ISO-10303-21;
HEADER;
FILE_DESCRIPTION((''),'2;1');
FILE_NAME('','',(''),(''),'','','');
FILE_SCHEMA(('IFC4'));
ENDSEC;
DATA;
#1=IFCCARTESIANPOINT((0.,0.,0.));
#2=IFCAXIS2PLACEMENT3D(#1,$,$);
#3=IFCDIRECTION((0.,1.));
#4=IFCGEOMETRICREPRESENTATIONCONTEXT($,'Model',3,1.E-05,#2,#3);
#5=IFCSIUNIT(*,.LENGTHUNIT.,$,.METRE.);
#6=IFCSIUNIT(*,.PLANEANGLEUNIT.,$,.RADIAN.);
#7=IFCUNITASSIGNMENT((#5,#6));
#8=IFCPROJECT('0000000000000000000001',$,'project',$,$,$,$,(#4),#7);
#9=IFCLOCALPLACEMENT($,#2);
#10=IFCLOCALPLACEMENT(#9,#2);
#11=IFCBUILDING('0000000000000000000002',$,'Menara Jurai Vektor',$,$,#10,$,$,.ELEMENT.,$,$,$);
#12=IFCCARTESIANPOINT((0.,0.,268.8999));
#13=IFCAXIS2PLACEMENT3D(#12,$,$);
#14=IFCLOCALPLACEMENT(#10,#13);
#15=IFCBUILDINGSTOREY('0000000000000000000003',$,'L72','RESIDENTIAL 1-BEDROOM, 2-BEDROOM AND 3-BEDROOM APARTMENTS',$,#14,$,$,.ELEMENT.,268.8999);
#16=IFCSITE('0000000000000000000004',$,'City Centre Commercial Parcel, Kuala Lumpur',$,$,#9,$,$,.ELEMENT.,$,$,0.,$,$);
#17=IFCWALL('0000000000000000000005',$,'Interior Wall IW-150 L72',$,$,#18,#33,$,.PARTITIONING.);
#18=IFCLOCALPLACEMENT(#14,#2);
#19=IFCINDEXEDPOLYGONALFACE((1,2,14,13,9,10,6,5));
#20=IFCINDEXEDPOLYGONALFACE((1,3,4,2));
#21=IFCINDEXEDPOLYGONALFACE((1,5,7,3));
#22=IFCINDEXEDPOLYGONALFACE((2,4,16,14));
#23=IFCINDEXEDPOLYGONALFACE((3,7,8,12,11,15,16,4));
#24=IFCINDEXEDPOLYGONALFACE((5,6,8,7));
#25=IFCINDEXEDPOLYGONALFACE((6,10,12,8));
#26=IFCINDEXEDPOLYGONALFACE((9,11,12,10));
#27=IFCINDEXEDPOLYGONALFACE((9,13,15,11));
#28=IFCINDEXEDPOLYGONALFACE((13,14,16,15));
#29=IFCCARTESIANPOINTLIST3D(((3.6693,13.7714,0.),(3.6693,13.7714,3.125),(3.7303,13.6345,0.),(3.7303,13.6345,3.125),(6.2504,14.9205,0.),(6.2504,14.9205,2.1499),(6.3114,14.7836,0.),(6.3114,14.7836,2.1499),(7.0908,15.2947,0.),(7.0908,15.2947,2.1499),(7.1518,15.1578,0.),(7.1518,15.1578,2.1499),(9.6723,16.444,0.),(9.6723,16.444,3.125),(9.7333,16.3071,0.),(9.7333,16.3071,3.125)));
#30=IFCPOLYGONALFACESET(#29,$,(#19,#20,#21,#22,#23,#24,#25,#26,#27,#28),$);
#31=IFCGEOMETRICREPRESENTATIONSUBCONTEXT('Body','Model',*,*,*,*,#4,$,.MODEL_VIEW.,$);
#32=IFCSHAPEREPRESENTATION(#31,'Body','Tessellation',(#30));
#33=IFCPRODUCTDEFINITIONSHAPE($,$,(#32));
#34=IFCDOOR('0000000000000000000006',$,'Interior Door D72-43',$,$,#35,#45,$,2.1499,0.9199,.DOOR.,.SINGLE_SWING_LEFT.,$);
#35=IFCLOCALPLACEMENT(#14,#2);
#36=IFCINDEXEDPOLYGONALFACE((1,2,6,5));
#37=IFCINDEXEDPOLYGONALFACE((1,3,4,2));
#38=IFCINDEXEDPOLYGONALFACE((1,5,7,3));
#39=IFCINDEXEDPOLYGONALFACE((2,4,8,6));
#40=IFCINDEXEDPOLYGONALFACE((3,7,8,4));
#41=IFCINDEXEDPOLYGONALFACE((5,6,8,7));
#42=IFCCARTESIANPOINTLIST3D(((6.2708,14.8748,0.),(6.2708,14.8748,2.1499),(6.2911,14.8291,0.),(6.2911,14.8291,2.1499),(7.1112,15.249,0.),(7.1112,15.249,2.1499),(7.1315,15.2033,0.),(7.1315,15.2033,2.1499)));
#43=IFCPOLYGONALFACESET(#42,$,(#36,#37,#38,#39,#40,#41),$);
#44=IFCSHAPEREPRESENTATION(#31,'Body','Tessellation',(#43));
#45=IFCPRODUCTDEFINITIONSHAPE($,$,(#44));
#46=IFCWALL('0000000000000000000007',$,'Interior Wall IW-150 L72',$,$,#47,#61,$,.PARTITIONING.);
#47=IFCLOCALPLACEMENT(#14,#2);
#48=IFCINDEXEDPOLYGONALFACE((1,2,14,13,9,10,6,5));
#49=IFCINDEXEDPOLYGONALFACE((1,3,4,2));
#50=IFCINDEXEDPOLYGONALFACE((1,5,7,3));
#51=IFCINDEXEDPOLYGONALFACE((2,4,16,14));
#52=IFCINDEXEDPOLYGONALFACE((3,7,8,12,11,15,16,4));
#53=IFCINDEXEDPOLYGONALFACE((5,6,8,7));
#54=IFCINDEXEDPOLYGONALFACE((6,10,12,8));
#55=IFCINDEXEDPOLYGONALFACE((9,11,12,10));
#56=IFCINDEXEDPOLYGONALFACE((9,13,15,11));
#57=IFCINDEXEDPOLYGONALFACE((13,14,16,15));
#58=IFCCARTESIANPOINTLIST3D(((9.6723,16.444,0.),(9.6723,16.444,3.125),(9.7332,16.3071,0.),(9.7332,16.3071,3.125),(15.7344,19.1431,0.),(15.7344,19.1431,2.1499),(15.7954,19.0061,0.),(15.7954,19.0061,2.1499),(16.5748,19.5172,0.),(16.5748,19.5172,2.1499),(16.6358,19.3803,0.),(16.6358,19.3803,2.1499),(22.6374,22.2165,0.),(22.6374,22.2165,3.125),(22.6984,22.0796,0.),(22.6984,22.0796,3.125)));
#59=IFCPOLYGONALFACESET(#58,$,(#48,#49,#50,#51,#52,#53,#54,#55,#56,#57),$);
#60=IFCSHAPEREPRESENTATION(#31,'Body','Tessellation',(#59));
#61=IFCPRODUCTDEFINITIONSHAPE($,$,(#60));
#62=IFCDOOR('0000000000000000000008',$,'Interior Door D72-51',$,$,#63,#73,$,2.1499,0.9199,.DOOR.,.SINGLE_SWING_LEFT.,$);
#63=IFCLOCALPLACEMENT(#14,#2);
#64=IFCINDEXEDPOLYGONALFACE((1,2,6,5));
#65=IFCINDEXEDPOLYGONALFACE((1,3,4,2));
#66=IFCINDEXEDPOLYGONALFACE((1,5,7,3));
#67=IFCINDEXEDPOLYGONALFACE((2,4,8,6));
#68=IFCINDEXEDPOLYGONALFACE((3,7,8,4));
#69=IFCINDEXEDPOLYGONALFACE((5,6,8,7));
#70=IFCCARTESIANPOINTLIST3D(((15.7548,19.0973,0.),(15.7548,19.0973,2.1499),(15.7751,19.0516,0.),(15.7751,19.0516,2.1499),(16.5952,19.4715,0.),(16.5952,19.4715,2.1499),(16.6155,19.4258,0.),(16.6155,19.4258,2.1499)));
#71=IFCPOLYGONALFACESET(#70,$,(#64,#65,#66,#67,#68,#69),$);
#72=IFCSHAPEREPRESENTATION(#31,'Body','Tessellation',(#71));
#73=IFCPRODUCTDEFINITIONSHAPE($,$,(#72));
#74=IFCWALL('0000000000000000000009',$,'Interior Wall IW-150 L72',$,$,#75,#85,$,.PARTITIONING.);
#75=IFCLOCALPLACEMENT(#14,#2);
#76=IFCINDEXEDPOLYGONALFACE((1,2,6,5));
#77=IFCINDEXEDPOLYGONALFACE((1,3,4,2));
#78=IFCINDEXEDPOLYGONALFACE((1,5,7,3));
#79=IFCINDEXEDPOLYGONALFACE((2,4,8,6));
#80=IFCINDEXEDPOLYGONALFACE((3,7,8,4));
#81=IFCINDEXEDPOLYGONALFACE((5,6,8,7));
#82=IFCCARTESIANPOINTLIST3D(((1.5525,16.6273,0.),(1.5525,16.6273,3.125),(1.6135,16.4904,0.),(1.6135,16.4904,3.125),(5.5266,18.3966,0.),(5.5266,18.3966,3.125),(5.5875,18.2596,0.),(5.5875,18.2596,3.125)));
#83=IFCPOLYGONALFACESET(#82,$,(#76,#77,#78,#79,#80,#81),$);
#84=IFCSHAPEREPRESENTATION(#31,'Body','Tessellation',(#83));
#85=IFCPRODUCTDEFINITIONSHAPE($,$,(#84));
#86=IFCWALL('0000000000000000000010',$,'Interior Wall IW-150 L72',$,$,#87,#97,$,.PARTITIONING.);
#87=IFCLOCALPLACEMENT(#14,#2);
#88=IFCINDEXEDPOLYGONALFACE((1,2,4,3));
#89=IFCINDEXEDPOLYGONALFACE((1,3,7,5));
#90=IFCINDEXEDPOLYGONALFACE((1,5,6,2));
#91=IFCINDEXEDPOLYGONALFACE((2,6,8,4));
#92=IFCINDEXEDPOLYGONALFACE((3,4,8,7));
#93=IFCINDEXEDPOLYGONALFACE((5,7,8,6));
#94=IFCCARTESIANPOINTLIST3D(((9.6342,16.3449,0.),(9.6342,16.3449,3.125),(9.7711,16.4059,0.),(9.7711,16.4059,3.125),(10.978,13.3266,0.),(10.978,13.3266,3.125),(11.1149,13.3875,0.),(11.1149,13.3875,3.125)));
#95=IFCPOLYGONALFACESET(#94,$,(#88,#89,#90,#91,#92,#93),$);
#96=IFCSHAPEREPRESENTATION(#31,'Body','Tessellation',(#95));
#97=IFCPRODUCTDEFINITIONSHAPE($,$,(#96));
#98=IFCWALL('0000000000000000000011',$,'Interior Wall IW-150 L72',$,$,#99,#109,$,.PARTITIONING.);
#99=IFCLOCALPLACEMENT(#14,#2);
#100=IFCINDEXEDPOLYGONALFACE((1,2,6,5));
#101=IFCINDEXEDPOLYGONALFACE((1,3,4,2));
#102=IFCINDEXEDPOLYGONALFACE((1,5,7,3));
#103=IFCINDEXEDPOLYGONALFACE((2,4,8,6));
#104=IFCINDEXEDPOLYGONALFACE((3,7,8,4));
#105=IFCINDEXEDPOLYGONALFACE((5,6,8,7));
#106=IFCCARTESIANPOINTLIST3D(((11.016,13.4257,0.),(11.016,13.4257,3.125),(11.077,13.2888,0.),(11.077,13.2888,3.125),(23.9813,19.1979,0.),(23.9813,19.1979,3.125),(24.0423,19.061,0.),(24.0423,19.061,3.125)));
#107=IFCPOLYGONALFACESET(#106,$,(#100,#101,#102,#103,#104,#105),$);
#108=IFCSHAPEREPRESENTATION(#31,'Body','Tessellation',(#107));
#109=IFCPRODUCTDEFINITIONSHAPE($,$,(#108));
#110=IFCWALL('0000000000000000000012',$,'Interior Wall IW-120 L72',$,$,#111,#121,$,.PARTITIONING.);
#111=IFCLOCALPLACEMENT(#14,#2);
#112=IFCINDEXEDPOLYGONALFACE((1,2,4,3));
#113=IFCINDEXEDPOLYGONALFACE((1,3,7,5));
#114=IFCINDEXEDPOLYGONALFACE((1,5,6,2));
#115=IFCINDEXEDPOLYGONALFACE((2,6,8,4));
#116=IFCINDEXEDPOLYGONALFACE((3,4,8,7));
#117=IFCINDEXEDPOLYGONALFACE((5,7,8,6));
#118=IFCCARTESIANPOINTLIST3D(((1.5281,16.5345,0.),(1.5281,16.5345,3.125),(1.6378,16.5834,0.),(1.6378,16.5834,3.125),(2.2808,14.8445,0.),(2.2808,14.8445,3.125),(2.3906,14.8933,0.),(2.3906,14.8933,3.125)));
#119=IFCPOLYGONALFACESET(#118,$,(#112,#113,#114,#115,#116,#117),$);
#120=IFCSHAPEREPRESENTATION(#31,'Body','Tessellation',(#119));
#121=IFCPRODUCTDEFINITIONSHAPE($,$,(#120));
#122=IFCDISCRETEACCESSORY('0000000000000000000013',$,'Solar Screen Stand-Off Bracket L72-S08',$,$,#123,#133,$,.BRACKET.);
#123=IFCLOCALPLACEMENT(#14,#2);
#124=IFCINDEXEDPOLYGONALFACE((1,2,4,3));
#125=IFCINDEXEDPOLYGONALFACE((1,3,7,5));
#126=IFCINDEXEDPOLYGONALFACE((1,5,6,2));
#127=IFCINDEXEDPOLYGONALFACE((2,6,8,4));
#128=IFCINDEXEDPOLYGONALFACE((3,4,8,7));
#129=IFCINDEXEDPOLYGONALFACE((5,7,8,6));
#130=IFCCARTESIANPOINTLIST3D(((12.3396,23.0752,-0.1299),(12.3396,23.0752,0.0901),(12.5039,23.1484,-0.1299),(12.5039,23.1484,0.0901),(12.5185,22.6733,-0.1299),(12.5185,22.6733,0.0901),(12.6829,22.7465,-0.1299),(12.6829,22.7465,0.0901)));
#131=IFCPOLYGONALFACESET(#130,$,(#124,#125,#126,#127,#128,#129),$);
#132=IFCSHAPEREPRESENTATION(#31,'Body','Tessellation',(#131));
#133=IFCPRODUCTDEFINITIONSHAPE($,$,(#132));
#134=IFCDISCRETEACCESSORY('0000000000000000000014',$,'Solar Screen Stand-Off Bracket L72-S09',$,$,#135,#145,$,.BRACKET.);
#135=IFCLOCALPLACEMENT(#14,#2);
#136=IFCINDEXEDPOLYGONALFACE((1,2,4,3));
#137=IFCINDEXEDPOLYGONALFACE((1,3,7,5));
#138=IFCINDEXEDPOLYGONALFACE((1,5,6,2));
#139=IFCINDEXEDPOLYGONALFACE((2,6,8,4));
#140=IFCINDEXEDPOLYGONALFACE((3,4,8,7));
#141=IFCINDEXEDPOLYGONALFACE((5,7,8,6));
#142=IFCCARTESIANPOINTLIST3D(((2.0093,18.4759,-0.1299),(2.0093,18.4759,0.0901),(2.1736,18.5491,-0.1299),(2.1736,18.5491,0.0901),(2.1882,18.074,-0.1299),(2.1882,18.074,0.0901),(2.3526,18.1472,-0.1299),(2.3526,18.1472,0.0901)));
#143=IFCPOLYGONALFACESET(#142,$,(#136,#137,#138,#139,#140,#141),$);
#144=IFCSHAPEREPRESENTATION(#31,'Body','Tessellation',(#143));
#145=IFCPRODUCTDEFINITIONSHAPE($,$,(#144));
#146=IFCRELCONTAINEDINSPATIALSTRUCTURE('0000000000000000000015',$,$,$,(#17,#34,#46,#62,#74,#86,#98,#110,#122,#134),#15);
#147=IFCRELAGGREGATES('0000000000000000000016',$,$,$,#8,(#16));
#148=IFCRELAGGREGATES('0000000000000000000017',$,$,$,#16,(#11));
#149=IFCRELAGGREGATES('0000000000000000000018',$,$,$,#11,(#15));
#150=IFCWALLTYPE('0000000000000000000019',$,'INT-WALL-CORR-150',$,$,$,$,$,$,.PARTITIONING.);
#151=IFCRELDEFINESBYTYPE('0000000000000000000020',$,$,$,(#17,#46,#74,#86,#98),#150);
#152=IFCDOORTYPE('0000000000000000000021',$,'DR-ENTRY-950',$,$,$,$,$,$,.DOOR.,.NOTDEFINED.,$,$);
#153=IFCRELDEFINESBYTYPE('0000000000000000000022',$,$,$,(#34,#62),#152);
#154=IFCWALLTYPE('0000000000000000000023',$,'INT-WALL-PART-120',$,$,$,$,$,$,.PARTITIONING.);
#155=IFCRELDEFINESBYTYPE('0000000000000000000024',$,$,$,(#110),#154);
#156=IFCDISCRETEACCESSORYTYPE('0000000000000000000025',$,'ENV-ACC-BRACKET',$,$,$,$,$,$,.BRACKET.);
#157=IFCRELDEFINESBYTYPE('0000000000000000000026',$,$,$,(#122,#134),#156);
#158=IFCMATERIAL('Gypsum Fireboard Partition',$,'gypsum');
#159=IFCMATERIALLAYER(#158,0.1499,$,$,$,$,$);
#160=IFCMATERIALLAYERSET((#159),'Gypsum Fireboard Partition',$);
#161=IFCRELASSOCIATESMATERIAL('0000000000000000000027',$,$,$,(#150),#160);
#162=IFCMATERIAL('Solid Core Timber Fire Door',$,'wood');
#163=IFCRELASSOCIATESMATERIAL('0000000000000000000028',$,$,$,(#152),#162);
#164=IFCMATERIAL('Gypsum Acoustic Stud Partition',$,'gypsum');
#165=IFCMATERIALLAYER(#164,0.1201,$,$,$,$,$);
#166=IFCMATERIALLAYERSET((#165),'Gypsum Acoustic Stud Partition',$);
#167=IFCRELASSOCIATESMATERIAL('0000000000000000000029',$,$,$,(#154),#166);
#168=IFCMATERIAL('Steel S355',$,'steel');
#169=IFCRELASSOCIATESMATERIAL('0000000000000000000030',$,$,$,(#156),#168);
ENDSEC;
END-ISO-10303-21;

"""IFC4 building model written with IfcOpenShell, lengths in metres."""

from ifc_helpers import new_model, si_unit, direction, frame, frame_2d, origin, origin_2d, place, context, subcontext, project, spatial, rectangle, extrude, material, layer, layer_set, type_object, element, fill, save


model = new_model("IFC4")

# Units and contexts
model_context = context("Model", 3, precision=1e-05, world=origin(), true_north=direction((0.0, 1.0)))
body_context = subcontext(model_context, "Body", "Model", "MODEL_VIEW")
ifc_project = project(units=[si_unit("LENGTHUNIT", "METRE"), si_unit("PLANEANGLEUNIT", "RADIAN")], contexts=[model_context])

# Site, building, storey
site_placement = place(None, origin())
site = spatial("IfcSite", under=ifc_project, at=site_placement, Name="City Centre Commercial Parcel, Kuala Lumpur", CompositionType="ELEMENT", RefElevation=0.0)
building_placement = place(site_placement, origin())
building = spatial("IfcBuilding", under=site, at=building_placement, Name="Menara Jurai Vektor", CompositionType="ELEMENT")
storey_placement = place(building_placement, frame((0.0, 0.0, 268.8999)))
storey = spatial("IfcBuildingStorey", under=building, at=storey_placement, Name="L72", Description="RESIDENTIAL 1-BEDROOM, 2-BEDROOM AND 3-BEDROOM APARTMENTS", CompositionType="ELEMENT", Elevation=268.8999)

# Shared definitions
ifc_material_1 = material(Name="Steel S355", Category="steel")

# Shared definitions
ifc_material_2 = material(Name="Gypsum Fireboard Partition", Category="gypsum")
ifc_layer_1 = layer(ifc_material_2, 0.1499)
ifc_layer_set_1 = layer_set([ifc_layer_1], Name="Gypsum Fireboard Partition")
wall_type_1 = type_object("IfcWallType", Name="INT-WALL-CORR-150", PredefinedType="PARTITIONING", material=ifc_layer_set_1)
ifc_material_3 = material(Name="Solid Core Timber Fire Door", Category="wood")
door_type_1 = type_object("IfcDoorType", Name="DR-ENTRY-950", OperationType="NOTDEFINED", PredefinedType="DOOR", material=ifc_material_3)

# Walls, openings, doors
wall_1_placement = place(storey_placement, frame((3.6997, 13.7029, 0.0), z_axis=(0.0, 0.0, 1.0), x_axis=(0.913549, 0.406728, 0.0)))
wall_1 = element("IfcWall", 1, at=wall_1_placement, inside=storey, type_object=wall_type_1, Name="Interior Wall IW-150 L72", PredefinedType="PARTITIONING", context=body_context, shape_type="SweptSolid", body=[
    extrude(rectangle(XDim=6.571, YDim=0.1499, at=frame_2d((3.2856, 0.0))), origin(), (0.0, 0.0, 1.0), 3.125),
])
opening_1_placement = place(wall_1_placement, frame((2.8254, 0.0, 0.0)))
opening_1 = element("IfcOpeningElement", 2, at=opening_1_placement, cuts=wall_1, PredefinedType="OPENING", context=body_context, shape_type="SweptSolid", body=[
    extrude(rectangle(XDim=0.9199, YDim=2.1499, at=frame_2d((0.46, 1.075))), frame((0.0, 0.085, 0.0), z_axis=(0.0, -1.0, 0.0), x_axis=(1.0, 0.0, 0.0)), (0.0, 0.0, 1.0), 0.1699),
])
door_1_placement = place(opening_1_placement, origin())
door_1 = element("IfcDoor", 3, at=door_1_placement, inside=storey, type_object=door_type_1, Name="Interior Door D72-43", OperationType="SINGLE_SWING_LEFT", OverallHeight=2.1499, OverallWidth=0.9199, PredefinedType="DOOR", context=body_context, shape_type="SweptSolid", body=[
    extrude(rectangle(XDim=0.9199, YDim=2.1499, at=frame_2d((0.46, 1.075))), frame((0.0, 0.0249, 0.0), z_axis=(0.0, -1.0, 0.0), x_axis=(1.0, 0.0, 0.0)), (0.0, 0.0, 1.0), 0.05),
])
fill(opening_1, door_1)
wall_2_placement = place(storey_placement, frame((9.7026, 16.3755, 0.0), z_axis=(0.0, 0.0, 1.0), x_axis=(0.913545, 0.406739, 0.0)))
wall_2 = element("IfcWall", 4, at=wall_2_placement, inside=storey, type_object=wall_type_1, Name="Interior Wall IW-150 L72", PredefinedType="PARTITIONING", context=body_context, shape_type="SweptSolid", body=[
    extrude(rectangle(XDim=14.1921, YDim=0.1499, at=frame_2d((7.0962, 0.0))), origin(), (0.0, 0.0, 1.0), 3.125),
])
opening_2_placement = place(wall_2_placement, frame((6.636, 0.0, 0.0)))
opening_2 = element("IfcOpeningElement", 5, at=opening_2_placement, cuts=wall_2, PredefinedType="OPENING", context=body_context, shape_type="SweptSolid", body=[
    extrude(rectangle(XDim=0.9199, YDim=2.1499, at=frame_2d((0.46, 1.075))), frame((0.0, 0.085, 0.0), z_axis=(0.0, -1.0, 0.0), x_axis=(1.0, 0.0, 0.0)), (0.0, 0.0, 1.0), 0.1699),
])
door_2_placement = place(opening_2_placement, origin())
door_2 = element("IfcDoor", 6, at=door_2_placement, inside=storey, type_object=door_type_1, Name="Interior Door D72-51", OperationType="SINGLE_SWING_LEFT", OverallHeight=2.1499, OverallWidth=0.9199, PredefinedType="DOOR", context=body_context, shape_type="SweptSolid", body=[
    extrude(rectangle(XDim=0.9199, YDim=2.1499, at=frame_2d((0.46, 1.075))), frame((0.0, 0.0249, 0.0), z_axis=(0.0, -1.0, 0.0), x_axis=(1.0, 0.0, 0.0)), (0.0, 0.0, 1.0), 0.05),
])
fill(opening_2, door_2)

# Wall
wall_3_placement = place(storey_placement, frame((1.583, 16.5588, 0.0), z_axis=(0.0, 0.0, 1.0), x_axis=(0.913554, 0.406716, 0.0)))
element("IfcWall", 7, at=wall_3_placement, inside=storey, type_object=wall_type_1, Name="Interior Wall IW-150 L72", PredefinedType="PARTITIONING", context=body_context, shape_type="SweptSolid", body=[
    extrude(rectangle(XDim=4.3501, YDim=0.1499, at=frame_2d((2.175, 0.0))), origin(), (0.0, 0.0, 1.0), 3.125),
])

# Walls
wall_4_placement = place(storey_placement, frame((11.0464, 13.3572, 0.0), z_axis=(0.0, 0.0, 1.0), x_axis=(-0.406714, 0.913555, 0.0)))
element("IfcWall", 8, at=wall_4_placement, inside=storey, type_object=wall_type_1, Name="Interior Wall IW-150 L72", PredefinedType="PARTITIONING", context=body_context, shape_type="SweptSolid", body=[
    extrude(rectangle(XDim=3.304, YDim=0.1499, at=frame_2d((1.6519, 0.0))), origin(), (0.0, 0.0, 1.0), 3.125),
])
wall_5_placement = place(storey_placement, frame((11.0464, 13.3572, 0.0), z_axis=(0.0, 0.0, 1.0), x_axis=(0.913554, 0.406718, 0.0)))
element("IfcWall", 9, at=wall_5_placement, inside=storey, type_object=wall_type_1, Name="Interior Wall IW-150 L72", PredefinedType="PARTITIONING", context=body_context, shape_type="SweptSolid", body=[
    extrude(rectangle(XDim=14.1921, YDim=0.1499, at=frame_2d((7.0962, 0.0))), origin(), (0.0, 0.0, 1.0), 3.125),
])
ifc_material_4 = material(Name="Gypsum Acoustic Stud Partition", Category="gypsum")
ifc_layer_2 = layer(ifc_material_4, 0.1201)
ifc_layer_set_2 = layer_set([ifc_layer_2], Name="Gypsum Acoustic Stud Partition")
wall_type_2 = type_object("IfcWallType", Name="INT-WALL-PART-120", PredefinedType="PARTITIONING", material=ifc_layer_set_2)
wall_6_placement = place(storey_placement, frame((2.3357, 14.8689, 0.0), z_axis=(0.0, 0.0, 1.0), x_axis=(-0.406861, 0.91349, 0.0)))
element("IfcWall", 10, at=wall_6_placement, inside=storey, type_object=wall_type_2, Name="Interior Wall IW-120 L72", PredefinedType="PARTITIONING", context=body_context, shape_type="SweptSolid", body=[
    extrude(rectangle(XDim=1.8501, YDim=0.1201, at=frame_2d((0.925, 0.0))), origin(), (0.0, 0.0, 1.0), 3.125),
])

# Discrete accessories
discrete_accessory_type = type_object("IfcDiscreteAccessoryType", Name="ENV-ACC-BRACKET", PredefinedType="BRACKET", material=ifc_material_1)
for number, where, z_axis, x_axis, name in (
    (11, (12.5112, 22.9109, -0.1299), (0.0, 0.0, 1.0), (-0.913545, -0.406737, 0.0), "Solar Screen Stand-Off Bracket L72-S08"),
    (12, (2.1809, 18.3115, -0.1299), (0.0, 0.0, 1.0), (-0.913545, -0.406737, 0.0), "Solar Screen Stand-Off Bracket L72-S09"),
):
    element("IfcDiscreteAccessory", number, at=place(storey_placement, frame(where, z_axis=z_axis, x_axis=x_axis)), inside=storey, type_object=discrete_accessory_type, Name=name, PredefinedType="BRACKET", context=body_context, shape_type="SweptSolid", body=[
        extrude(rectangle(XDim=0.1799, YDim=0.4399, at=origin_2d()), origin(), (0.0, 0.0, 1.0), 0.22),
    ])

save(model, "model.ifc")
